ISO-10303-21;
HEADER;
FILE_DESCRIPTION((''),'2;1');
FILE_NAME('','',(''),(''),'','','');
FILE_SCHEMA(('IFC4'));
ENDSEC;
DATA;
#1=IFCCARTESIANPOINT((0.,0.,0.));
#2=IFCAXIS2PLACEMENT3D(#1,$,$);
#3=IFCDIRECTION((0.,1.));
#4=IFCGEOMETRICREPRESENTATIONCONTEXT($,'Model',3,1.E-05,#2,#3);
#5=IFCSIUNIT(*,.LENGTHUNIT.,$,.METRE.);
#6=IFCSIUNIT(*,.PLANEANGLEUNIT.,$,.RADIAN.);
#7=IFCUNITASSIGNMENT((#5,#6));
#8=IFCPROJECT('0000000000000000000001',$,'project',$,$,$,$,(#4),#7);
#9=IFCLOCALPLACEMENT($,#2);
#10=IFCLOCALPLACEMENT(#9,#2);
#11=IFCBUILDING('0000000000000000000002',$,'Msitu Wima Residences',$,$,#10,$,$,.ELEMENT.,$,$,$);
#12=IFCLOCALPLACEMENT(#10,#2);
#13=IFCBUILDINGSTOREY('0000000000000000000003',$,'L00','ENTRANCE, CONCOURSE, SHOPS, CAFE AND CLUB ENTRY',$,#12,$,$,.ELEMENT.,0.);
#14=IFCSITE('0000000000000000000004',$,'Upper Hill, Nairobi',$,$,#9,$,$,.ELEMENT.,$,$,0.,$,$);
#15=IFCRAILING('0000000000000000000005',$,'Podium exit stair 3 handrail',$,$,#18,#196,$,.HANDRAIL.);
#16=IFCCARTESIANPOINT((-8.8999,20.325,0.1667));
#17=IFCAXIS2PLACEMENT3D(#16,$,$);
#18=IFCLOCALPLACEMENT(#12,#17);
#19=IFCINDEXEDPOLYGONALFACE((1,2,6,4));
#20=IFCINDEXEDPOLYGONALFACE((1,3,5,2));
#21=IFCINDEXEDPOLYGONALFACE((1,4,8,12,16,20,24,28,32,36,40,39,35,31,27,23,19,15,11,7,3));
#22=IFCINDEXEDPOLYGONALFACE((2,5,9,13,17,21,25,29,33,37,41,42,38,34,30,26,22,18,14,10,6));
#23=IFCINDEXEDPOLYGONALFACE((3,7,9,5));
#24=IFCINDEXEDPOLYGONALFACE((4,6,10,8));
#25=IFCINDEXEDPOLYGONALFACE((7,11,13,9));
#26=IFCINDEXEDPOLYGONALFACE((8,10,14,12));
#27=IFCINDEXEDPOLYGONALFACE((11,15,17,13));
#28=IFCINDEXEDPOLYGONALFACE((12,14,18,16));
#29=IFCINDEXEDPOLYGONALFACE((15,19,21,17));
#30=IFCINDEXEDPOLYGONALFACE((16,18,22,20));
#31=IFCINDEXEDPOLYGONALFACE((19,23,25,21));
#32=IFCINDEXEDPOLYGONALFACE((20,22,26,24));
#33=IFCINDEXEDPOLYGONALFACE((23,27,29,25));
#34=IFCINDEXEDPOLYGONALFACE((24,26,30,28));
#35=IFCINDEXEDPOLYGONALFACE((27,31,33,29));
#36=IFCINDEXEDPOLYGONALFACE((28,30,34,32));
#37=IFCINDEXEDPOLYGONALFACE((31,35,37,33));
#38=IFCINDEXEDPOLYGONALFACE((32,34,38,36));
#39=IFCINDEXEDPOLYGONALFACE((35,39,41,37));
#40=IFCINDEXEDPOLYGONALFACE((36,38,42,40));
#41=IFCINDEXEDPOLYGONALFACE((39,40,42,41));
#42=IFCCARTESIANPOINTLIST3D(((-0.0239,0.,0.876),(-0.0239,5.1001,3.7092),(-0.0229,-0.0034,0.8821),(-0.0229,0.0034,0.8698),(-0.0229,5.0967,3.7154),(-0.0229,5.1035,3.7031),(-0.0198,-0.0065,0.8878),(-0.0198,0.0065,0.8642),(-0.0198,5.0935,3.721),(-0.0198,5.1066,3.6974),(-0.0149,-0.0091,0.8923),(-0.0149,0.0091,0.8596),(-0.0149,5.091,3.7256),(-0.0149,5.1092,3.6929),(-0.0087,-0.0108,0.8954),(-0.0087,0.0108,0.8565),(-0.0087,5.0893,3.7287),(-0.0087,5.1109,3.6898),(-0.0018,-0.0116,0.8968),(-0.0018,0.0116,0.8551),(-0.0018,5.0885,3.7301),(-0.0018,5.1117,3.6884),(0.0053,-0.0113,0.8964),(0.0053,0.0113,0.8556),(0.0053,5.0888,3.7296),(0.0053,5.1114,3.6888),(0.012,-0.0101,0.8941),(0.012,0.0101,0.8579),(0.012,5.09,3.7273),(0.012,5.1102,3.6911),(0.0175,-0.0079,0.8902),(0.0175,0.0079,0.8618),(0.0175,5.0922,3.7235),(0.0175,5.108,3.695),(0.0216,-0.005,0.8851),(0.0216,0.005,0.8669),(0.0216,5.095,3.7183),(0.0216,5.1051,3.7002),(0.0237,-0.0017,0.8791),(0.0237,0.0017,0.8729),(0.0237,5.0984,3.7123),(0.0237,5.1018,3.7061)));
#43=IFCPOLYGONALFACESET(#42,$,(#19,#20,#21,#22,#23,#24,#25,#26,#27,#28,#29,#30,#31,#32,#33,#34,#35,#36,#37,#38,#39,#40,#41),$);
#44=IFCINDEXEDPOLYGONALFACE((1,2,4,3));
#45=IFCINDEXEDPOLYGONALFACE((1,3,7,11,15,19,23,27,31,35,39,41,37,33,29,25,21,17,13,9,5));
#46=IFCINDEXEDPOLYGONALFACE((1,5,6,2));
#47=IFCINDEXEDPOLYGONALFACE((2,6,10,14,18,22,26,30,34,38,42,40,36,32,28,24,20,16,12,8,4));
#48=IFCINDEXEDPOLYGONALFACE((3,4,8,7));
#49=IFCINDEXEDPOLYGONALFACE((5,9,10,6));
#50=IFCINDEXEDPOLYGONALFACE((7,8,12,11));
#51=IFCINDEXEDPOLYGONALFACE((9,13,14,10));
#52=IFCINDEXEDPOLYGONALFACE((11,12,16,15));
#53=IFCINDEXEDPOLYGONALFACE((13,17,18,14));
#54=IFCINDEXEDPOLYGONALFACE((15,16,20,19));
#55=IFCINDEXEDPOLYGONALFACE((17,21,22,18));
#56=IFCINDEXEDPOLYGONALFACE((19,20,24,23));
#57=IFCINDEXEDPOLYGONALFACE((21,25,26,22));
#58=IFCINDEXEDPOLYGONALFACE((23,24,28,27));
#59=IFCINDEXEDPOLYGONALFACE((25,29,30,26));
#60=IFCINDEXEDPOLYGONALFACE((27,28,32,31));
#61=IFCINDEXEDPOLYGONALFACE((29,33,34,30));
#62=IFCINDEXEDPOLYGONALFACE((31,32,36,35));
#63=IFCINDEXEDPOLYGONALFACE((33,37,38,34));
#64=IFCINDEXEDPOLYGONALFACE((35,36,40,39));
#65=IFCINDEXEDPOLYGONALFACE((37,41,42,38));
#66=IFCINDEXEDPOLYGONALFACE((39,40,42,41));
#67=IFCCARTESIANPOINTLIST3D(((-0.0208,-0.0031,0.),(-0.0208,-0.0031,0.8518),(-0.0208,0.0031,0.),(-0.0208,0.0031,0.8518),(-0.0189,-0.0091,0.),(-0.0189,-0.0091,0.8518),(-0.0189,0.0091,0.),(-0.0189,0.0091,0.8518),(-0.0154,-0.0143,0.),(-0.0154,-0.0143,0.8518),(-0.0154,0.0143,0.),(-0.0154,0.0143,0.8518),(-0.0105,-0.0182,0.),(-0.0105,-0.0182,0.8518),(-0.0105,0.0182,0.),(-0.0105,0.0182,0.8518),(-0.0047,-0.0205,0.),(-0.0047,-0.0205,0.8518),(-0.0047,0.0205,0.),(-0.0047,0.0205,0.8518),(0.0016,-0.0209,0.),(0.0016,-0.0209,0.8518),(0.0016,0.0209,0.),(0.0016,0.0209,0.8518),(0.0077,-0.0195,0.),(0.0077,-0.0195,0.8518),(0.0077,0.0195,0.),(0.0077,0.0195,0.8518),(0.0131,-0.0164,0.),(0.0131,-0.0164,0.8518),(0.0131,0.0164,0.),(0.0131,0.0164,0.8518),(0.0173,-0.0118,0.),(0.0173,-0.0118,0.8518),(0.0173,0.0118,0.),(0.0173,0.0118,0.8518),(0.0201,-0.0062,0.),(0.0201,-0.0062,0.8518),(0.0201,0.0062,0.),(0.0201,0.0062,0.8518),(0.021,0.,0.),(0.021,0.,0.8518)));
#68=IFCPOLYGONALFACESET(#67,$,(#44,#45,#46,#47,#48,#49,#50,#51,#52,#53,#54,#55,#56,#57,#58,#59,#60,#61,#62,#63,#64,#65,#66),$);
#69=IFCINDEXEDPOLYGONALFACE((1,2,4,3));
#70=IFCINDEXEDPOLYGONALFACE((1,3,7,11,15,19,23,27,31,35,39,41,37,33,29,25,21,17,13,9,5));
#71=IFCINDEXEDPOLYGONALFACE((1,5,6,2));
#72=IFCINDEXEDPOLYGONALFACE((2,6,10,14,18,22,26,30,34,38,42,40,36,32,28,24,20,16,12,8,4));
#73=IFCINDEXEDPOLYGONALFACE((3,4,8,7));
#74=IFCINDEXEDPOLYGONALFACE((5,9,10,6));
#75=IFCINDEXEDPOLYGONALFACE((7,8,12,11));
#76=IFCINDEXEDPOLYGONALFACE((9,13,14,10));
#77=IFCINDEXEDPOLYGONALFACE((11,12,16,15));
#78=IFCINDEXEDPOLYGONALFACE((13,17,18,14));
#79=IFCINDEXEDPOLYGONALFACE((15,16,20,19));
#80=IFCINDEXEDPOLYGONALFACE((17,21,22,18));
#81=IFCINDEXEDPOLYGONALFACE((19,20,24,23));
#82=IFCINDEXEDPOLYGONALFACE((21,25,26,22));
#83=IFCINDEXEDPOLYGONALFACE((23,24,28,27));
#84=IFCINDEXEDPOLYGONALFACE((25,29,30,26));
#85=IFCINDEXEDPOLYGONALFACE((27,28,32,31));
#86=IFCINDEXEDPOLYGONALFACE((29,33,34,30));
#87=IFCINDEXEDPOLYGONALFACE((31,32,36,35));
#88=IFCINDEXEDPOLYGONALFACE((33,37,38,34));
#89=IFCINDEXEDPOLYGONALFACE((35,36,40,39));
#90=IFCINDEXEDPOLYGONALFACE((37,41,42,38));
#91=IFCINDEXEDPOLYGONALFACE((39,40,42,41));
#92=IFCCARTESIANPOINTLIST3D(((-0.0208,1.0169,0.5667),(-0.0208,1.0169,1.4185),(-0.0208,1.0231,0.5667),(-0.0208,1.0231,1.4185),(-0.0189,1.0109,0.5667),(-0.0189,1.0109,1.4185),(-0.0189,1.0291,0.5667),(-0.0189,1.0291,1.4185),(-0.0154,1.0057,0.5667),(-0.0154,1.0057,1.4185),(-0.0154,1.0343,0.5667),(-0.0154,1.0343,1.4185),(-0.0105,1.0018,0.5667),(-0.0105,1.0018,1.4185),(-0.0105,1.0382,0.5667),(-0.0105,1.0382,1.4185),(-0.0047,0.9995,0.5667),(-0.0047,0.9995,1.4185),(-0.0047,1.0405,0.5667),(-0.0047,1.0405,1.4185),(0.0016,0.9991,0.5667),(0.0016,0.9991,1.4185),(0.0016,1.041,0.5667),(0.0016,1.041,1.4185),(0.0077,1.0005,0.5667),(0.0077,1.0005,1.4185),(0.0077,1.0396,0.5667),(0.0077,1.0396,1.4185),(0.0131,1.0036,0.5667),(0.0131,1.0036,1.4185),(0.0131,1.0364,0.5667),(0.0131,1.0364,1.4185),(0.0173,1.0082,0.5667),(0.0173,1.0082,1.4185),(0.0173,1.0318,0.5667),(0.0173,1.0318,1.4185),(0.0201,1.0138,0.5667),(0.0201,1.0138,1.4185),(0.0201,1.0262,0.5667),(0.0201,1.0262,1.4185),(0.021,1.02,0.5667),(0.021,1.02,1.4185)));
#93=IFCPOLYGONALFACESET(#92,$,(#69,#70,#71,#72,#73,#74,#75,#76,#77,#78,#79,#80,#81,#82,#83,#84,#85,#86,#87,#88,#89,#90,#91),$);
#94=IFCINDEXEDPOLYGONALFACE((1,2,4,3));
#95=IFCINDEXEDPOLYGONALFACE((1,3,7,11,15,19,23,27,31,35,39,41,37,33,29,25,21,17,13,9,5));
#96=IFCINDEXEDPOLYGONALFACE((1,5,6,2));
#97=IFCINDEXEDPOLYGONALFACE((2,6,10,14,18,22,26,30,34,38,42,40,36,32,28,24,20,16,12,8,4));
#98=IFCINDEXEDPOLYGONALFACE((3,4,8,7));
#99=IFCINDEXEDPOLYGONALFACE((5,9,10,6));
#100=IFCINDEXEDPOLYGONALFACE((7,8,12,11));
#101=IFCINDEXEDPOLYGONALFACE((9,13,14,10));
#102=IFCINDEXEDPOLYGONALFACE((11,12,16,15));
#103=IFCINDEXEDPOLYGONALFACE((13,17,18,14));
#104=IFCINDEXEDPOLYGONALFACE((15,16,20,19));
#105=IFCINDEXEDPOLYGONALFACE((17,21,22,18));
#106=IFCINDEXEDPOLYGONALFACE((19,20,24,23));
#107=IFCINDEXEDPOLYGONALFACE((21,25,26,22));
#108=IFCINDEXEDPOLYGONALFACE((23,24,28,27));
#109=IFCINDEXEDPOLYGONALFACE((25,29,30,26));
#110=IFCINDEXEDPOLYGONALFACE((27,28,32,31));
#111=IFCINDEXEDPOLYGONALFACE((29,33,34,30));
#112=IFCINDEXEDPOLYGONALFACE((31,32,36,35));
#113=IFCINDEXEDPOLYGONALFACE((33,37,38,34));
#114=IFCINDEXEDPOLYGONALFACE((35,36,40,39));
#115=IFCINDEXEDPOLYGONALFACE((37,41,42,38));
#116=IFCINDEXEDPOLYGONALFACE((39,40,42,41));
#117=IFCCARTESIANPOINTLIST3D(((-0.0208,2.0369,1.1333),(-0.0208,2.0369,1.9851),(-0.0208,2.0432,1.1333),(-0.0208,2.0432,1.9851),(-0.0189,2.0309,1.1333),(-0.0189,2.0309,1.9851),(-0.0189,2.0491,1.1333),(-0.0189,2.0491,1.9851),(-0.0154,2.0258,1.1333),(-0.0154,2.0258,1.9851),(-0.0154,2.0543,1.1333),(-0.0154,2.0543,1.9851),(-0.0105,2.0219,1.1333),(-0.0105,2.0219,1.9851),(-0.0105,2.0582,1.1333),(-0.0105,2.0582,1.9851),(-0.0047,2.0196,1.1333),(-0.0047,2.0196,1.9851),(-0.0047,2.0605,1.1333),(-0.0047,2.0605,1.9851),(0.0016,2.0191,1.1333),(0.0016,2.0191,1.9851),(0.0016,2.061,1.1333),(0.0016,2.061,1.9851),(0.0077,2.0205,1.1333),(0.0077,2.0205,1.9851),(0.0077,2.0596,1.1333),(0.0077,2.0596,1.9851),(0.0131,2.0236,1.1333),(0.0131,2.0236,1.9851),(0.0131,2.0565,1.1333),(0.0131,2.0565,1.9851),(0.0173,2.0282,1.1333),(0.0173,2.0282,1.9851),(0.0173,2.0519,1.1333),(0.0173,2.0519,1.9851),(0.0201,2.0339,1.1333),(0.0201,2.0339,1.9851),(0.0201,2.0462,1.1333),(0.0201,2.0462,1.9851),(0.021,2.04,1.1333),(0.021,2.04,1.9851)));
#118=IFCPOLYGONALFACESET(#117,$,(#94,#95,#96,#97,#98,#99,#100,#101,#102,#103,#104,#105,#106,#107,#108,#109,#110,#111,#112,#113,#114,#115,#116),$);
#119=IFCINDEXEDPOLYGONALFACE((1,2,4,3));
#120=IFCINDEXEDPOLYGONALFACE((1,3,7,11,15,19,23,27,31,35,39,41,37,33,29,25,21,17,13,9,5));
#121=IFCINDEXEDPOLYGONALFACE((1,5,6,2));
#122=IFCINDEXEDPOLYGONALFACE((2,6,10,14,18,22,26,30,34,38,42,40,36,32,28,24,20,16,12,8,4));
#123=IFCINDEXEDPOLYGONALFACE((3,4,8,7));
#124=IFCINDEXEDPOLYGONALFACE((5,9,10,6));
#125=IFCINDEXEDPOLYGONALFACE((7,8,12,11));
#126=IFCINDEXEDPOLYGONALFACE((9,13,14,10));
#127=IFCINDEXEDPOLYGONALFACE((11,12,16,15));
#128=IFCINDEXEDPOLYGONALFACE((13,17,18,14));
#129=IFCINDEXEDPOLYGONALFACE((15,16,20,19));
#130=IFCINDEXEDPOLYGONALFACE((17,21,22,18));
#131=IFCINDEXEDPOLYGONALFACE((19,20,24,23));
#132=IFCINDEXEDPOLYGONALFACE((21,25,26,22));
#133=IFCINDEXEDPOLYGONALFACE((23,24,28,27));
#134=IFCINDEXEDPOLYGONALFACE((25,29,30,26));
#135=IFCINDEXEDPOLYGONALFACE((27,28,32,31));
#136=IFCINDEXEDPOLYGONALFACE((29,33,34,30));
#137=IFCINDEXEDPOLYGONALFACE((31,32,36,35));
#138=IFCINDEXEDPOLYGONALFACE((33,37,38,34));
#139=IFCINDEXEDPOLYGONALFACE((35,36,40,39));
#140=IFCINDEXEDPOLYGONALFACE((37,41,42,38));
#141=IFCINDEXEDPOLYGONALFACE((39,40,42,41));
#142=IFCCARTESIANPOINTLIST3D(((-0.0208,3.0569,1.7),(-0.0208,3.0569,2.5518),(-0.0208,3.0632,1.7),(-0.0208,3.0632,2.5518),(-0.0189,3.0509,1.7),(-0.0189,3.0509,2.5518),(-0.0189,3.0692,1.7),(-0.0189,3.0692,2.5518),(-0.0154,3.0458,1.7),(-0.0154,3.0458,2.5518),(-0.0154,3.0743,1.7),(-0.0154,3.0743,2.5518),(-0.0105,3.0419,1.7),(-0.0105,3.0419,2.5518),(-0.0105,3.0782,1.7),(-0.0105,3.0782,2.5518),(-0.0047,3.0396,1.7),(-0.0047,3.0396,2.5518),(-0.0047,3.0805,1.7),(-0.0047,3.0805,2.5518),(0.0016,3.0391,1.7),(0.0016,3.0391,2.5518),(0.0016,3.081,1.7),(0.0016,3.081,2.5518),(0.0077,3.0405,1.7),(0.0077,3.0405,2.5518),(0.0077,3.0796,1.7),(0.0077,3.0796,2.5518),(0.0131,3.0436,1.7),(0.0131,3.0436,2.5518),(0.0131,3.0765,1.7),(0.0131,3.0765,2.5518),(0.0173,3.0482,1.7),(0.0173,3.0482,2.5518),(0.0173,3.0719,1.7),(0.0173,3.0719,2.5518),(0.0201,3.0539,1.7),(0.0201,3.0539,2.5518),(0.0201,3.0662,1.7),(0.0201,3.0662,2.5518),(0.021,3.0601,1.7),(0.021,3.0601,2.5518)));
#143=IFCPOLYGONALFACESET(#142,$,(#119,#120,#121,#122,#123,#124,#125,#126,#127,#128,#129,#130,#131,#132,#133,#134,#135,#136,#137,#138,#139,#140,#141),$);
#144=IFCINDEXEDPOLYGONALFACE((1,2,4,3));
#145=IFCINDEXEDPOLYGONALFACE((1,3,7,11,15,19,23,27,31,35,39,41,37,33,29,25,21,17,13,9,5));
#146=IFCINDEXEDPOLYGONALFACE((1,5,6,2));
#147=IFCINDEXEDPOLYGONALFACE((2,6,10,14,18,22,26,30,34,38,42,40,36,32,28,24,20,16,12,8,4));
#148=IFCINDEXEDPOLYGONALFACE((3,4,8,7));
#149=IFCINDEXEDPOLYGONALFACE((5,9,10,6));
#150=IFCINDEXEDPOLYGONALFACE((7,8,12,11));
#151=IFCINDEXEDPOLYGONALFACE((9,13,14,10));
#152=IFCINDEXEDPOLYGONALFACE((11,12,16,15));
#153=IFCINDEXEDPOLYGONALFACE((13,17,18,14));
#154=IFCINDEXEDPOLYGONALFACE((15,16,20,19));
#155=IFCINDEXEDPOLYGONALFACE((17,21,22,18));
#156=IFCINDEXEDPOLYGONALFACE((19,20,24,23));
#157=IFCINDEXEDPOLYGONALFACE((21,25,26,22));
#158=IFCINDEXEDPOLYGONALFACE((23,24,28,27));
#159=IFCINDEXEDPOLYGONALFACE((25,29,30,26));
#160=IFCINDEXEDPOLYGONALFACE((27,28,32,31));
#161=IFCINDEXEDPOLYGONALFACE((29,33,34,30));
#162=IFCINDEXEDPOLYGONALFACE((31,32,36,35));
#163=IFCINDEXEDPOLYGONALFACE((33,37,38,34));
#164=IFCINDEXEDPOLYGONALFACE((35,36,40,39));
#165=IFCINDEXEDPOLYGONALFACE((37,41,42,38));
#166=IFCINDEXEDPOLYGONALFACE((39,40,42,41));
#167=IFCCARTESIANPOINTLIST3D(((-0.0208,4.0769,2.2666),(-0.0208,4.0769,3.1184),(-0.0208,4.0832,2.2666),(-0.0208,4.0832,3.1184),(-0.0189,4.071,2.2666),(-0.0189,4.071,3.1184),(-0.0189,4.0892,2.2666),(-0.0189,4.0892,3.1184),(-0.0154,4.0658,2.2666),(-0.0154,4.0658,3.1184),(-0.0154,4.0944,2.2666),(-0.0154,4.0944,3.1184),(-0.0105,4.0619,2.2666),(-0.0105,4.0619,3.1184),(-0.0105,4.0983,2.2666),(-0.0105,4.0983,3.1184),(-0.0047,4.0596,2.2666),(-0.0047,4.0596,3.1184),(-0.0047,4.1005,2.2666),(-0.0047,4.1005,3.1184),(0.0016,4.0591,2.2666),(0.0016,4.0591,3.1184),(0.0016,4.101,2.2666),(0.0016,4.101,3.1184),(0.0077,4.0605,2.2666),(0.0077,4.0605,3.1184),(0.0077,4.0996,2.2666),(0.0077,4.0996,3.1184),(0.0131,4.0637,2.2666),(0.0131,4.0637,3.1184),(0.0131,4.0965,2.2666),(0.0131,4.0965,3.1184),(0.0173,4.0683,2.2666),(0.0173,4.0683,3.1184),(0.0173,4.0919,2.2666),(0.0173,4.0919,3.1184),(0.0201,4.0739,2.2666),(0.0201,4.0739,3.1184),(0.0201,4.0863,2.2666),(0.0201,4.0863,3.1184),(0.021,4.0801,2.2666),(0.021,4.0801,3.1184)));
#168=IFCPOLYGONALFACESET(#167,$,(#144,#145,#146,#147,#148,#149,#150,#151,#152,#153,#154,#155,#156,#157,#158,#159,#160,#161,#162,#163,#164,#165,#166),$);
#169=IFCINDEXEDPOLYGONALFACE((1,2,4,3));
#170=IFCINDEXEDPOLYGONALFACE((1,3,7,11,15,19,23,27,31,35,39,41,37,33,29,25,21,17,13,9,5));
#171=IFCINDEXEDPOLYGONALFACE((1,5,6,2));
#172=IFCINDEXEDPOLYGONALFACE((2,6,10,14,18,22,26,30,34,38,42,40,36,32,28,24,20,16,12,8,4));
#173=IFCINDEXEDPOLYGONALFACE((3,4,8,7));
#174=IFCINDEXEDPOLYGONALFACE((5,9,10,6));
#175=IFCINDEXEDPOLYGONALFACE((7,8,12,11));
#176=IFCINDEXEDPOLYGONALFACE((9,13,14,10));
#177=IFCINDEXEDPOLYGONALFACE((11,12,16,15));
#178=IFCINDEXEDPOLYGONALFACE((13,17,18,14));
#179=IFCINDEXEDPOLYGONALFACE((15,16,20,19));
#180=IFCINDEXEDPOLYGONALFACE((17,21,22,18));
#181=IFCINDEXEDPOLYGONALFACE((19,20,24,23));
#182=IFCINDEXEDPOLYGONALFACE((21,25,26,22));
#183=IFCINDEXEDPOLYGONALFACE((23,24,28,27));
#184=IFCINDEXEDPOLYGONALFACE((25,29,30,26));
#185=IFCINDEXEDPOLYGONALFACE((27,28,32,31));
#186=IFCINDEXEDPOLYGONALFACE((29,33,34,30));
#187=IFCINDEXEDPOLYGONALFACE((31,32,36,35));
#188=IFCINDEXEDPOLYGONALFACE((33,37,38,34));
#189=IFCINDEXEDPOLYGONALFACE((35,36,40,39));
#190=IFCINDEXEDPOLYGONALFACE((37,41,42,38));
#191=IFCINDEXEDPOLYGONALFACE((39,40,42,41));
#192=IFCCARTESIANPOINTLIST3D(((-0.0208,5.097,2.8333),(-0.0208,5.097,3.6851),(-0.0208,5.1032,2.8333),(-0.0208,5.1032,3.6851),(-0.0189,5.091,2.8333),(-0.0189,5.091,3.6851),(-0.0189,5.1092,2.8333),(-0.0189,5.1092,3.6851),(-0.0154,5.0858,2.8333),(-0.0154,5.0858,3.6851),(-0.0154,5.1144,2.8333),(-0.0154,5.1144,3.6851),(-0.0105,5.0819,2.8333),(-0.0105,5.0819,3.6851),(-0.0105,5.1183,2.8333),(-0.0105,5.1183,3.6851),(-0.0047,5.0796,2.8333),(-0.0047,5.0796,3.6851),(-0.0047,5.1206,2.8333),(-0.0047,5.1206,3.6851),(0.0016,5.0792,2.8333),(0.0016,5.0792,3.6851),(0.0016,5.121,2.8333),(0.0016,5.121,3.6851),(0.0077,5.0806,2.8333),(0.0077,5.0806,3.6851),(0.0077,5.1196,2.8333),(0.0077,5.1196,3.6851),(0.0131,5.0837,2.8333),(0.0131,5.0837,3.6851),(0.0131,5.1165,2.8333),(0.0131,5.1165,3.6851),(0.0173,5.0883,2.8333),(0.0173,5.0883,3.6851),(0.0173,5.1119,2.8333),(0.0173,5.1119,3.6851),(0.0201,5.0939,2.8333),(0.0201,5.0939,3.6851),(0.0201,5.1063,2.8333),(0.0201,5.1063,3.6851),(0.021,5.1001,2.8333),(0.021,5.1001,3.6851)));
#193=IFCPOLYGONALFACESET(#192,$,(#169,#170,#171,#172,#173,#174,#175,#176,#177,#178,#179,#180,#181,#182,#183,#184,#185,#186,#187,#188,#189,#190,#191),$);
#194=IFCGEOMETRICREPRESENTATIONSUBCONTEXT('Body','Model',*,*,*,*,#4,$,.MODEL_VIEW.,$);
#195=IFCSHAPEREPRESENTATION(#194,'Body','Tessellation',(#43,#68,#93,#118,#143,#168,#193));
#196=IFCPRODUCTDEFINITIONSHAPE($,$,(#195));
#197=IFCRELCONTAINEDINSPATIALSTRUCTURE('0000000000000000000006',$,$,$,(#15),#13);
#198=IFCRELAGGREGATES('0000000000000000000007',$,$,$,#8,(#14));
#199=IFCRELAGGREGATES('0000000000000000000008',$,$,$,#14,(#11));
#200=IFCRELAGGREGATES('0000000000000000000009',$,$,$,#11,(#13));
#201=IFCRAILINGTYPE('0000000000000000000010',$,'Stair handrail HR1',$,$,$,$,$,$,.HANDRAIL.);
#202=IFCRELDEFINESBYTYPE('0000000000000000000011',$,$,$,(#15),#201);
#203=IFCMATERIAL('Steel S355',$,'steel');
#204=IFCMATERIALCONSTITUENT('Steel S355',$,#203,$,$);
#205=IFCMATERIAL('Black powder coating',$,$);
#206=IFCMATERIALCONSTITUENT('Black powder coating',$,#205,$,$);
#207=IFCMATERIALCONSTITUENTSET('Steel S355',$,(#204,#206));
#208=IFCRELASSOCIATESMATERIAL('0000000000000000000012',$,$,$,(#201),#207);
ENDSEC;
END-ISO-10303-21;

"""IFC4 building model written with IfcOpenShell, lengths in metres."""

from ifc_helpers import new_model, si_unit, direction, frame, origin, origin_2d, place, context, subcontext, project, spatial, circle, extrude, material, constituent, constituent_set, type_object, element, save


model = new_model("IFC4")

# Units and contexts
model_context = context("Model", 3, precision=1e-05, world=origin(), true_north=direction((0.0, 1.0)))
body_context = subcontext(model_context, "Body", "Model", "MODEL_VIEW")
ifc_project = project(units=[si_unit("LENGTHUNIT", "METRE"), si_unit("PLANEANGLEUNIT", "RADIAN")], contexts=[model_context])

# Site, building, storey
site_placement = place(None, origin())
site = spatial("IfcSite", under=ifc_project, at=site_placement, Name="Upper Hill, Nairobi", CompositionType="ELEMENT", RefElevation=0.0)
building_placement = place(site_placement, origin())
building = spatial("IfcBuilding", under=site, at=building_placement, Name="Msitu Wima Residences", CompositionType="ELEMENT")
storey_placement = place(building_placement, origin())
storey = spatial("IfcBuildingStorey", under=building, at=storey_placement, Name="L00", Description="ENTRANCE, CONCOURSE, SHOPS, CAFE AND CLUB ENTRY", CompositionType="ELEMENT", Elevation=0.0)

# Railing
ifc_material_1 = material(Name="Steel S355", Category="steel")
ifc_constituent_1 = constituent(ifc_material_1, Name="Steel S355")
ifc_material_2 = material(Name="Black powder coating")
ifc_constituent_2 = constituent(ifc_material_2, Name="Black powder coating")
ifc_constituent_set = constituent_set(constituents=[ifc_constituent_1, ifc_constituent_2], Name="Steel S355")
railing_type = type_object("IfcRailingType", Name="Stair handrail HR1", PredefinedType="HANDRAIL", material=ifc_constituent_set)
for number, where, name in (
    (1, (-8.8999, 20.325, 0.1667), "Podium exit stair 3 handrail"),
):
    element("IfcRailing", number, at=place(storey_placement, frame(where)), inside=storey, type_object=railing_type, Name=name, PredefinedType="HANDRAIL", context=body_context, shape_type="SweptSolid", body=[
        extrude(circle(Radius=0.0239, at=origin_2d()), frame((0.0, 0.0, 0.876), z_axis=(0.0, 0.874167, 0.485625), x_axis=(-1.0, 0.0, 0.0)), (0.0, 0.0, 1.0), 5.8342),
        extrude(circle(Radius=0.021, at=origin_2d()), origin(), (0.0, 0.0, 1.0), 0.8518),
        extrude(circle(Radius=0.021, at=origin_2d()), frame((0.0, 1.02, 0.5667)), (0.0, 0.0, 1.0), 0.8518),
        extrude(circle(Radius=0.021, at=origin_2d()), frame((0.0, 2.04, 1.1333)), (0.0, 0.0, 1.0), 0.8518),
        extrude(circle(Radius=0.021, at=origin_2d()), frame((0.0, 3.0601, 1.7)), (0.0, 0.0, 1.0), 0.8518),
        extrude(circle(Radius=0.021, at=origin_2d()), frame((0.0, 4.0801, 2.2666)), (0.0, 0.0, 1.0), 0.8518),
        extrude(circle(Radius=0.021, at=origin_2d()), frame((0.0, 5.1001, 2.8333)), (0.0, 0.0, 1.0), 0.8518),
    ])

save(model, "model.ifc")
